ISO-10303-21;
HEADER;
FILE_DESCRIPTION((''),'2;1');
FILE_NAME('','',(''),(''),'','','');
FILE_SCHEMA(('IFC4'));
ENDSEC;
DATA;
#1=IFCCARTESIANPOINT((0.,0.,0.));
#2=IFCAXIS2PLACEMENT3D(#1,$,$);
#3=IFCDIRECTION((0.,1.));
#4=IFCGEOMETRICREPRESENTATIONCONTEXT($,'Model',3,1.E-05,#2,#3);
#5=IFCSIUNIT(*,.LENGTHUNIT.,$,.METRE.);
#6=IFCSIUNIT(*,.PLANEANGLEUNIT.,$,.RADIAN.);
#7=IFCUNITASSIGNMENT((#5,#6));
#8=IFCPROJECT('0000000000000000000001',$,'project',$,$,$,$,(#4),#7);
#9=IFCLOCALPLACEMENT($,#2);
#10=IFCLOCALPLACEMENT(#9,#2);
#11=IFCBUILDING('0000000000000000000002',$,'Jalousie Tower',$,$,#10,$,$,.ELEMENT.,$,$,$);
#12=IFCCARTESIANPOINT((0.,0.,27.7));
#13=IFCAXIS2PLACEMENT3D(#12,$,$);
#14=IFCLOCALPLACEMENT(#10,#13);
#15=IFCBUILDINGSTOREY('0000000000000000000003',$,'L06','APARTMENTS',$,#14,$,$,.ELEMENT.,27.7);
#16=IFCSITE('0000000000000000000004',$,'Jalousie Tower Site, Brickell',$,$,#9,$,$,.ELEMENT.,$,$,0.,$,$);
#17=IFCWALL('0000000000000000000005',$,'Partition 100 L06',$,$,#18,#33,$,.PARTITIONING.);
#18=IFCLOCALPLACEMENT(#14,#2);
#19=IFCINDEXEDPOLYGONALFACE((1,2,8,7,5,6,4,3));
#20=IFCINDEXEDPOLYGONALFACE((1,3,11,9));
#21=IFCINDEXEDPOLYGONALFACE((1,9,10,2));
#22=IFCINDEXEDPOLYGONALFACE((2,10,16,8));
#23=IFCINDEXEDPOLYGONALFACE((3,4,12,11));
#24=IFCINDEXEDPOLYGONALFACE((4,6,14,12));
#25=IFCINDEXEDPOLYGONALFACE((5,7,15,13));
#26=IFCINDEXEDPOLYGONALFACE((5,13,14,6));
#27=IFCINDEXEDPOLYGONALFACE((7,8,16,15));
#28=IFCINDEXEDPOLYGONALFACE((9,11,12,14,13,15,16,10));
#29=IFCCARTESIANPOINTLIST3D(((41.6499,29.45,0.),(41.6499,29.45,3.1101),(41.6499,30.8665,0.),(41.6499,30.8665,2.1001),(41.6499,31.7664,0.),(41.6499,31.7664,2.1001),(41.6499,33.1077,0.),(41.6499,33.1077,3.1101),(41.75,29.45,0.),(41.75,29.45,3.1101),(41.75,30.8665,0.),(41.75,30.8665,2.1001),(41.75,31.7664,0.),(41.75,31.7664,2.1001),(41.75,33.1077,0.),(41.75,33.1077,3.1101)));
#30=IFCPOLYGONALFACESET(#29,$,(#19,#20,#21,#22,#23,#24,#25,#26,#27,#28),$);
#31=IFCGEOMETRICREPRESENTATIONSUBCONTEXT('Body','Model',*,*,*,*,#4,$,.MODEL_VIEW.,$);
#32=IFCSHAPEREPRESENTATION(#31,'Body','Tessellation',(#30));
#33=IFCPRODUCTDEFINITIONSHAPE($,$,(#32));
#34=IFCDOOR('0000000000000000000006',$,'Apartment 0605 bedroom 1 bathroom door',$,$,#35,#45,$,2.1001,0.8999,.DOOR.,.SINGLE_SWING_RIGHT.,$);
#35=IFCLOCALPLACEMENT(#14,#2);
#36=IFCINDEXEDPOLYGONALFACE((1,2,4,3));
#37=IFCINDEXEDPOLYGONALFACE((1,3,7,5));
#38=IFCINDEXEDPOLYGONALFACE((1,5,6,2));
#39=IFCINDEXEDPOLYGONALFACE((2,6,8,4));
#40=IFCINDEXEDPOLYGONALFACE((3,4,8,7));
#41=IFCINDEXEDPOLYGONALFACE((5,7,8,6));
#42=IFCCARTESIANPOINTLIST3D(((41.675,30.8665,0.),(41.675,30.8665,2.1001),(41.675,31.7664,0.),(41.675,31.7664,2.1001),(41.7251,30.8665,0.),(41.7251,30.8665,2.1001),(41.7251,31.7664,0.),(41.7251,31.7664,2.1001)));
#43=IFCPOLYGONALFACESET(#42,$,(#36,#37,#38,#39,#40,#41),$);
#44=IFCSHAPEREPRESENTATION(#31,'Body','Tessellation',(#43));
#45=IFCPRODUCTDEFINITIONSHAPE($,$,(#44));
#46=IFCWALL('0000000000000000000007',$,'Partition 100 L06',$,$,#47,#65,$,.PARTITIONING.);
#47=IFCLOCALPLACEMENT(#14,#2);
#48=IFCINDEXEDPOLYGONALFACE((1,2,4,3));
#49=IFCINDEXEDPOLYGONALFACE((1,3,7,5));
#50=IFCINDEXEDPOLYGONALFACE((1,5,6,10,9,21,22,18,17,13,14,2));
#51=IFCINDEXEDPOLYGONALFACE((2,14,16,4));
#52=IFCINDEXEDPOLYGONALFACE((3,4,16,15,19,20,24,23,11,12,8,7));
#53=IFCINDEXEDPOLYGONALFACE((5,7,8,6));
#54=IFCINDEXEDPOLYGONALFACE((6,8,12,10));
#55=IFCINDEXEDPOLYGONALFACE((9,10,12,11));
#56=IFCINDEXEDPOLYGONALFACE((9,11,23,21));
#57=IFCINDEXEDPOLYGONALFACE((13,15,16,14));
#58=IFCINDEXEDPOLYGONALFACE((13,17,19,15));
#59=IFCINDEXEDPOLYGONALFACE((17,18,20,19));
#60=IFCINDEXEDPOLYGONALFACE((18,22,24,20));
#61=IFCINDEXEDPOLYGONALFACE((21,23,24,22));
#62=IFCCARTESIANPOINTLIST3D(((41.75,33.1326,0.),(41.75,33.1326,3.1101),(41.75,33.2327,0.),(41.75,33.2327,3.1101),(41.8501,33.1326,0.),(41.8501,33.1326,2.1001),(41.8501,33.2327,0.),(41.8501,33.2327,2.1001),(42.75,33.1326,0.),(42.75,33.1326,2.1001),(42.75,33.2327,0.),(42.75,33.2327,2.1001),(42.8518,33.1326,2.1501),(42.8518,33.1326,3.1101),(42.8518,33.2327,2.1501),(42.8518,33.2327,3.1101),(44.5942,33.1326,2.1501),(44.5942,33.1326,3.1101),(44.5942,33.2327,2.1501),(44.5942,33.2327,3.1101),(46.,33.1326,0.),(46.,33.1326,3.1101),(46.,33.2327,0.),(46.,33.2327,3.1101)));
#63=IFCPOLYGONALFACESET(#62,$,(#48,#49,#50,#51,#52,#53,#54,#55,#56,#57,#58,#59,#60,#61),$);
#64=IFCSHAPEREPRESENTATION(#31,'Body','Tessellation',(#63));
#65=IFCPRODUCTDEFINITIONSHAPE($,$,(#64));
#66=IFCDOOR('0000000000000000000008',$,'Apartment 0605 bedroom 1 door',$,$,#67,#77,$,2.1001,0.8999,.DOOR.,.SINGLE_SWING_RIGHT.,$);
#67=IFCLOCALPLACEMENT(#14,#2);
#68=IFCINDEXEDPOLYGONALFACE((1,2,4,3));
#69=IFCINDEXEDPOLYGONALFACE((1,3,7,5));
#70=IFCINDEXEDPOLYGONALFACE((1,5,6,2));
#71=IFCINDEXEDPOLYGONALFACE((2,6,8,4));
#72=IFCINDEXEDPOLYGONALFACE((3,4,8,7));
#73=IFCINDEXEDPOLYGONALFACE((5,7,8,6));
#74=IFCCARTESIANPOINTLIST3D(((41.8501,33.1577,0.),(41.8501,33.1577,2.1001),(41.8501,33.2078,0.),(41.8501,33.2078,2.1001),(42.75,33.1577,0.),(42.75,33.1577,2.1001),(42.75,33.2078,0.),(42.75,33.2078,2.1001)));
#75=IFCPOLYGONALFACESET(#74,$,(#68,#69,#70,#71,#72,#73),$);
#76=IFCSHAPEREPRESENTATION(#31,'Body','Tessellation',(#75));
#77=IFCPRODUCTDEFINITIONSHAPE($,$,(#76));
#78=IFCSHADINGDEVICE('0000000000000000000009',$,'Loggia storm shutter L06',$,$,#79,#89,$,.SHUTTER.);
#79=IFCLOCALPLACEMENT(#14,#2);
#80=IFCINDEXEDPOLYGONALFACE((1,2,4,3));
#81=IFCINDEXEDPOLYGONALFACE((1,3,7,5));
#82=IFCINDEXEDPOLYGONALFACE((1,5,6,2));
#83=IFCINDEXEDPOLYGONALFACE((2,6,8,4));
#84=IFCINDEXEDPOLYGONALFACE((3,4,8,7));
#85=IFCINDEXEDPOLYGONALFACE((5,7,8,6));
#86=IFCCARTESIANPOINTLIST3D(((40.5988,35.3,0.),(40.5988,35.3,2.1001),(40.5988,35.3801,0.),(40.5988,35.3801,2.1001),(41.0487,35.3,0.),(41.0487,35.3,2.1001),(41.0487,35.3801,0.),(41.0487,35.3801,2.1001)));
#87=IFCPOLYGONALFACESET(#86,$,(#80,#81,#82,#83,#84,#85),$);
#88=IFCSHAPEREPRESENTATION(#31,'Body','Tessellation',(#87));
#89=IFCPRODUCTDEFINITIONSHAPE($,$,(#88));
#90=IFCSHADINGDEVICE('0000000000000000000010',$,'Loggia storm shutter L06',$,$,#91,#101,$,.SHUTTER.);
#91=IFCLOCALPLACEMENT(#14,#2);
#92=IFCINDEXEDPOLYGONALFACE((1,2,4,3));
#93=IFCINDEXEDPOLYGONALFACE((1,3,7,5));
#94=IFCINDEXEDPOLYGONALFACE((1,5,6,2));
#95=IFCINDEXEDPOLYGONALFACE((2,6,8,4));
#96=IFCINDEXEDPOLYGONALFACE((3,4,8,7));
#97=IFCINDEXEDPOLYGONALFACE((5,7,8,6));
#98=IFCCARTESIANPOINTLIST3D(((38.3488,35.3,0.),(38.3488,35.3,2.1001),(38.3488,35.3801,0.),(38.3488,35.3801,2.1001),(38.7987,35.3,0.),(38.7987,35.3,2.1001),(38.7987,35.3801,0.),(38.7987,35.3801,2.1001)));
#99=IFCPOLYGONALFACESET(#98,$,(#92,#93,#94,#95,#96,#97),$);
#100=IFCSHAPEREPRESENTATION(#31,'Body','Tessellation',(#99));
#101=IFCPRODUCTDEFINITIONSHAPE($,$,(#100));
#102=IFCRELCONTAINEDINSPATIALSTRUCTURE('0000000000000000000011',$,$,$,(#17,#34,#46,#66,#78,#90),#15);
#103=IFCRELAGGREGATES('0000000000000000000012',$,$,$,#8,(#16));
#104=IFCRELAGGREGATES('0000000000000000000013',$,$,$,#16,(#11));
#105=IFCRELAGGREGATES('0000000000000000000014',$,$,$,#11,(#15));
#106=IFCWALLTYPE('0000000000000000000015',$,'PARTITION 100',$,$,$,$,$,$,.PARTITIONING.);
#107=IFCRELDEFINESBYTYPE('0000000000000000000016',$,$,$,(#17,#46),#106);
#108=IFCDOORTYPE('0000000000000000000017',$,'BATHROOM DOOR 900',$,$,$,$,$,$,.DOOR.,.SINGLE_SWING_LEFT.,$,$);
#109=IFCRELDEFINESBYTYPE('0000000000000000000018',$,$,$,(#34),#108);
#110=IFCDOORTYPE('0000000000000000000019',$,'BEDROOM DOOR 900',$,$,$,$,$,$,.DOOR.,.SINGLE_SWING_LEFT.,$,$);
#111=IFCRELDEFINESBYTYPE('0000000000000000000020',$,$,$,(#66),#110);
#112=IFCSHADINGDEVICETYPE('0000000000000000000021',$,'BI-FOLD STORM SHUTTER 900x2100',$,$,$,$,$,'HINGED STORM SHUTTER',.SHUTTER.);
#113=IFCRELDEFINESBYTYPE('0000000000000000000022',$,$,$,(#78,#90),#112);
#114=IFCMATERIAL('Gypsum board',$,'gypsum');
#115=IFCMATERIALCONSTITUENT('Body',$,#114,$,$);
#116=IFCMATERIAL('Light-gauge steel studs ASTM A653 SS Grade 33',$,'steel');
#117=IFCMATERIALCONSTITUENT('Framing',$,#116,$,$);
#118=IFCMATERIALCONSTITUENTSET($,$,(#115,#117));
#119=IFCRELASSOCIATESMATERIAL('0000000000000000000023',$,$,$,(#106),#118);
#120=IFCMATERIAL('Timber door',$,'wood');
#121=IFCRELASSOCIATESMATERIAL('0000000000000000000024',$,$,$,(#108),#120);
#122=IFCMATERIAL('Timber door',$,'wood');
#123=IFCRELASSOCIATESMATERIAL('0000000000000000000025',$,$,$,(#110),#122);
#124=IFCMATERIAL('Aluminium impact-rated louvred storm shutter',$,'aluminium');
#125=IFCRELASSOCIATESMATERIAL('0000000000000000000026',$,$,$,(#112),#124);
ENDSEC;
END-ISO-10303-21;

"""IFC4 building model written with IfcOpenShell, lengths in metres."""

from ifc_helpers import new_model, si_unit, direction, frame, frame_2d, origin, origin_2d, place, context, subcontext, project, spatial, polyline, rectangle, outline, extrude, material, constituent, constituent_set, type_object, element, fill, save


model = new_model("IFC4")

# Units and contexts
model_context = context("Model", 3, precision=1e-05, world=origin(), true_north=direction((0.0, 1.0)))
body_context = subcontext(model_context, "Body", "Model", "MODEL_VIEW")
ifc_project = project(units=[si_unit("LENGTHUNIT", "METRE"), si_unit("PLANEANGLEUNIT", "RADIAN")], contexts=[model_context])

# Site, building, storey
site_placement = place(None, origin())
site = spatial("IfcSite", under=ifc_project, at=site_placement, Name="Jalousie Tower Site, Brickell", CompositionType="ELEMENT", RefElevation=0.0)
building_placement = place(site_placement, origin())
building = spatial("IfcBuilding", under=site, at=building_placement, Name="Jalousie Tower", CompositionType="ELEMENT")
storey_placement = place(building_placement, frame((0.0, 0.0, 27.7)))
storey = spatial("IfcBuildingStorey", under=building, at=storey_placement, Name="L06", Description="APARTMENTS", CompositionType="ELEMENT", Elevation=27.7)

# Walls, openings, doors
ifc_material_1 = material(Name="Gypsum board", Category="gypsum")
ifc_constituent_1 = constituent(ifc_material_1, Name="Body")
ifc_material_2 = material(Name="Light-gauge steel studs ASTM A653 SS Grade 33", Category="steel")
ifc_constituent_2 = constituent(ifc_material_2, Name="Framing")
ifc_constituent_set_1 = constituent_set(constituents=[ifc_constituent_1, ifc_constituent_2])
wall_type_1 = type_object("IfcWallType", Name="PARTITION 100", PredefinedType="PARTITIONING", material=ifc_constituent_set_1)
wall_1_placement = place(storey_placement, frame((41.7, 33.1077, 0.0), z_axis=(0.0, 0.0, 1.0), x_axis=(0.0, -1.0, 0.0)))
wall_1 = element("IfcWall", 1, at=wall_1_placement, inside=storey, type_object=wall_type_1, Name="Partition 100 L06", PredefinedType="PARTITIONING", context=body_context, shape_type="SweptSolid", body=[
    extrude(rectangle(XDim=3.6577, YDim=0.1001, at=frame_2d((1.8289, 0.0))), origin(), (0.0, 0.0, 1.0), 3.1101),
])
opening_1_placement = place(wall_1_placement, frame((1.3413, 0.0, 0.0)))
opening_1 = element("IfcOpeningElement", 2, at=opening_1_placement, cuts=wall_1, PredefinedType="OPENING", context=body_context, shape_type="SweptSolid", body=[
    extrude(rectangle(XDim=0.8999, YDim=2.1001, at=frame_2d((0.45, 1.05))), frame((0.0, 0.0601, 0.0), z_axis=(0.0, -1.0, 0.0), x_axis=(1.0, 0.0, 0.0)), (0.0, 0.0, 1.0), 0.1201),
])
ifc_material_3 = material(Name="Timber door", Category="wood")
door_type_1 = type_object("IfcDoorType", Name="BATHROOM DOOR 900", OperationType="SINGLE_SWING_LEFT", PredefinedType="DOOR", material=ifc_material_3)
door_1_placement = place(opening_1_placement, frame((0.8999, 0.0, 0.0), z_axis=(0.0, 0.0, 1.0), x_axis=(-1.0, 0.0, 0.0)))
door_1 = element("IfcDoor", 3, at=door_1_placement, inside=storey, type_object=door_type_1, Name="Apartment 0605 bedroom 1 bathroom door", OperationType="SINGLE_SWING_RIGHT", OverallHeight=2.1001, OverallWidth=0.8999, PredefinedType="DOOR", context=body_context, shape_type="SweptSolid", body=[
    extrude(rectangle(XDim=0.8999, YDim=2.1001, at=frame_2d((0.45, 1.05))), frame((0.0, 0.0249, 0.0), z_axis=(0.0, -1.0, 0.0), x_axis=(1.0, 0.0, 0.0)), (0.0, 0.0, 1.0), 0.05),
])
fill(opening_1, door_1)
wall_2_placement = place(storey_placement, frame((41.75, 33.1826, 0.0), z_axis=(0.0, 0.0, 1.0), x_axis=(1.0, 0.0, 0.0)))
wall_2 = element("IfcWall", 4, at=wall_2_placement, inside=storey, type_object=wall_type_1, Name="Partition 100 L06", PredefinedType="PARTITIONING", context=body_context, shape_type="SweptSolid", body=[
    extrude(outline(polyline([(0.0, 0.0), (4.25, 0.0), (4.25, 3.1101), (2.8442, 3.1101), (2.8442, 2.1501), (1.1018, 2.1501), (1.1018, 3.1101), (0.0, 3.1101), (0.0, 0.0)])), frame((0.0, 0.05, 0.0), z_axis=(0.0, -1.0, 0.0), x_axis=(1.0, 0.0, 0.0)), (0.0, 0.0, 1.0), 0.1001),
])
opening_2_placement = place(wall_2_placement, frame((0.1001, 0.0, 0.0)))
opening_2 = element("IfcOpeningElement", 5, at=opening_2_placement, cuts=wall_2, PredefinedType="OPENING", context=body_context, shape_type="SweptSolid", body=[
    extrude(rectangle(XDim=0.8999, YDim=2.1001, at=frame_2d((0.45, 1.05))), frame((0.0, 0.0601, 0.0), z_axis=(0.0, -1.0, 0.0), x_axis=(1.0, 0.0, 0.0)), (0.0, 0.0, 1.0), 0.1201),
])
ifc_material_4 = material(Name="Timber door", Category="wood")
door_type_2 = type_object("IfcDoorType", Name="BEDROOM DOOR 900", OperationType="SINGLE_SWING_LEFT", PredefinedType="DOOR", material=ifc_material_4)
door_2_placement = place(opening_2_placement, frame((0.8999, 0.0, 0.0), z_axis=(0.0, 0.0, 1.0), x_axis=(-1.0, 0.0, 0.0)))
door_2 = element("IfcDoor", 6, at=door_2_placement, inside=storey, type_object=door_type_2, Name="Apartment 0605 bedroom 1 door", OperationType="SINGLE_SWING_RIGHT", OverallHeight=2.1001, OverallWidth=0.8999, PredefinedType="DOOR", context=body_context, shape_type="SweptSolid", body=[
    extrude(rectangle(XDim=0.8999, YDim=2.1001, at=frame_2d((0.45, 1.05))), frame((0.0, 0.0249, 0.0), z_axis=(0.0, -1.0, 0.0), x_axis=(1.0, 0.0, 0.0)), (0.0, 0.0, 1.0), 0.05),
])
fill(opening_2, door_2)

# Shading devices
ifc_material_5 = material(Name="Aluminium impact-rated louvred storm shutter", Category="aluminium")
shading_device_type_1 = type_object("IfcShadingDeviceType", Name="BI-FOLD STORM SHUTTER 900x2100", ElementType="HINGED STORM SHUTTER", PredefinedType="SHUTTER", material=ifc_material_5)
for number, where, z_axis, x_axis, name in (
    (7, (40.8237, 35.3401, 0.0), (0.0, 0.0, 1.0), (-1.0, 0.0, 0.0), "Loggia storm shutter L06"),
    (8, (38.5737, 35.3401, 0.0), (0.0, 0.0, 1.0), (-1.0, 0.0, 0.0), "Loggia storm shutter L06"),
):
    element("IfcShadingDevice", number, at=place(storey_placement, frame(where, z_axis=z_axis, x_axis=x_axis)), inside=storey, type_object=shading_device_type_1, Name=name, PredefinedType="SHUTTER", context=body_context, shape_type="SweptSolid", body=[
        extrude(rectangle(XDim=0.45, YDim=0.0801, at=origin_2d()), origin(), (0.0, 0.0, 1.0), 2.1001),
    ])

save(model, "model.ifc")
